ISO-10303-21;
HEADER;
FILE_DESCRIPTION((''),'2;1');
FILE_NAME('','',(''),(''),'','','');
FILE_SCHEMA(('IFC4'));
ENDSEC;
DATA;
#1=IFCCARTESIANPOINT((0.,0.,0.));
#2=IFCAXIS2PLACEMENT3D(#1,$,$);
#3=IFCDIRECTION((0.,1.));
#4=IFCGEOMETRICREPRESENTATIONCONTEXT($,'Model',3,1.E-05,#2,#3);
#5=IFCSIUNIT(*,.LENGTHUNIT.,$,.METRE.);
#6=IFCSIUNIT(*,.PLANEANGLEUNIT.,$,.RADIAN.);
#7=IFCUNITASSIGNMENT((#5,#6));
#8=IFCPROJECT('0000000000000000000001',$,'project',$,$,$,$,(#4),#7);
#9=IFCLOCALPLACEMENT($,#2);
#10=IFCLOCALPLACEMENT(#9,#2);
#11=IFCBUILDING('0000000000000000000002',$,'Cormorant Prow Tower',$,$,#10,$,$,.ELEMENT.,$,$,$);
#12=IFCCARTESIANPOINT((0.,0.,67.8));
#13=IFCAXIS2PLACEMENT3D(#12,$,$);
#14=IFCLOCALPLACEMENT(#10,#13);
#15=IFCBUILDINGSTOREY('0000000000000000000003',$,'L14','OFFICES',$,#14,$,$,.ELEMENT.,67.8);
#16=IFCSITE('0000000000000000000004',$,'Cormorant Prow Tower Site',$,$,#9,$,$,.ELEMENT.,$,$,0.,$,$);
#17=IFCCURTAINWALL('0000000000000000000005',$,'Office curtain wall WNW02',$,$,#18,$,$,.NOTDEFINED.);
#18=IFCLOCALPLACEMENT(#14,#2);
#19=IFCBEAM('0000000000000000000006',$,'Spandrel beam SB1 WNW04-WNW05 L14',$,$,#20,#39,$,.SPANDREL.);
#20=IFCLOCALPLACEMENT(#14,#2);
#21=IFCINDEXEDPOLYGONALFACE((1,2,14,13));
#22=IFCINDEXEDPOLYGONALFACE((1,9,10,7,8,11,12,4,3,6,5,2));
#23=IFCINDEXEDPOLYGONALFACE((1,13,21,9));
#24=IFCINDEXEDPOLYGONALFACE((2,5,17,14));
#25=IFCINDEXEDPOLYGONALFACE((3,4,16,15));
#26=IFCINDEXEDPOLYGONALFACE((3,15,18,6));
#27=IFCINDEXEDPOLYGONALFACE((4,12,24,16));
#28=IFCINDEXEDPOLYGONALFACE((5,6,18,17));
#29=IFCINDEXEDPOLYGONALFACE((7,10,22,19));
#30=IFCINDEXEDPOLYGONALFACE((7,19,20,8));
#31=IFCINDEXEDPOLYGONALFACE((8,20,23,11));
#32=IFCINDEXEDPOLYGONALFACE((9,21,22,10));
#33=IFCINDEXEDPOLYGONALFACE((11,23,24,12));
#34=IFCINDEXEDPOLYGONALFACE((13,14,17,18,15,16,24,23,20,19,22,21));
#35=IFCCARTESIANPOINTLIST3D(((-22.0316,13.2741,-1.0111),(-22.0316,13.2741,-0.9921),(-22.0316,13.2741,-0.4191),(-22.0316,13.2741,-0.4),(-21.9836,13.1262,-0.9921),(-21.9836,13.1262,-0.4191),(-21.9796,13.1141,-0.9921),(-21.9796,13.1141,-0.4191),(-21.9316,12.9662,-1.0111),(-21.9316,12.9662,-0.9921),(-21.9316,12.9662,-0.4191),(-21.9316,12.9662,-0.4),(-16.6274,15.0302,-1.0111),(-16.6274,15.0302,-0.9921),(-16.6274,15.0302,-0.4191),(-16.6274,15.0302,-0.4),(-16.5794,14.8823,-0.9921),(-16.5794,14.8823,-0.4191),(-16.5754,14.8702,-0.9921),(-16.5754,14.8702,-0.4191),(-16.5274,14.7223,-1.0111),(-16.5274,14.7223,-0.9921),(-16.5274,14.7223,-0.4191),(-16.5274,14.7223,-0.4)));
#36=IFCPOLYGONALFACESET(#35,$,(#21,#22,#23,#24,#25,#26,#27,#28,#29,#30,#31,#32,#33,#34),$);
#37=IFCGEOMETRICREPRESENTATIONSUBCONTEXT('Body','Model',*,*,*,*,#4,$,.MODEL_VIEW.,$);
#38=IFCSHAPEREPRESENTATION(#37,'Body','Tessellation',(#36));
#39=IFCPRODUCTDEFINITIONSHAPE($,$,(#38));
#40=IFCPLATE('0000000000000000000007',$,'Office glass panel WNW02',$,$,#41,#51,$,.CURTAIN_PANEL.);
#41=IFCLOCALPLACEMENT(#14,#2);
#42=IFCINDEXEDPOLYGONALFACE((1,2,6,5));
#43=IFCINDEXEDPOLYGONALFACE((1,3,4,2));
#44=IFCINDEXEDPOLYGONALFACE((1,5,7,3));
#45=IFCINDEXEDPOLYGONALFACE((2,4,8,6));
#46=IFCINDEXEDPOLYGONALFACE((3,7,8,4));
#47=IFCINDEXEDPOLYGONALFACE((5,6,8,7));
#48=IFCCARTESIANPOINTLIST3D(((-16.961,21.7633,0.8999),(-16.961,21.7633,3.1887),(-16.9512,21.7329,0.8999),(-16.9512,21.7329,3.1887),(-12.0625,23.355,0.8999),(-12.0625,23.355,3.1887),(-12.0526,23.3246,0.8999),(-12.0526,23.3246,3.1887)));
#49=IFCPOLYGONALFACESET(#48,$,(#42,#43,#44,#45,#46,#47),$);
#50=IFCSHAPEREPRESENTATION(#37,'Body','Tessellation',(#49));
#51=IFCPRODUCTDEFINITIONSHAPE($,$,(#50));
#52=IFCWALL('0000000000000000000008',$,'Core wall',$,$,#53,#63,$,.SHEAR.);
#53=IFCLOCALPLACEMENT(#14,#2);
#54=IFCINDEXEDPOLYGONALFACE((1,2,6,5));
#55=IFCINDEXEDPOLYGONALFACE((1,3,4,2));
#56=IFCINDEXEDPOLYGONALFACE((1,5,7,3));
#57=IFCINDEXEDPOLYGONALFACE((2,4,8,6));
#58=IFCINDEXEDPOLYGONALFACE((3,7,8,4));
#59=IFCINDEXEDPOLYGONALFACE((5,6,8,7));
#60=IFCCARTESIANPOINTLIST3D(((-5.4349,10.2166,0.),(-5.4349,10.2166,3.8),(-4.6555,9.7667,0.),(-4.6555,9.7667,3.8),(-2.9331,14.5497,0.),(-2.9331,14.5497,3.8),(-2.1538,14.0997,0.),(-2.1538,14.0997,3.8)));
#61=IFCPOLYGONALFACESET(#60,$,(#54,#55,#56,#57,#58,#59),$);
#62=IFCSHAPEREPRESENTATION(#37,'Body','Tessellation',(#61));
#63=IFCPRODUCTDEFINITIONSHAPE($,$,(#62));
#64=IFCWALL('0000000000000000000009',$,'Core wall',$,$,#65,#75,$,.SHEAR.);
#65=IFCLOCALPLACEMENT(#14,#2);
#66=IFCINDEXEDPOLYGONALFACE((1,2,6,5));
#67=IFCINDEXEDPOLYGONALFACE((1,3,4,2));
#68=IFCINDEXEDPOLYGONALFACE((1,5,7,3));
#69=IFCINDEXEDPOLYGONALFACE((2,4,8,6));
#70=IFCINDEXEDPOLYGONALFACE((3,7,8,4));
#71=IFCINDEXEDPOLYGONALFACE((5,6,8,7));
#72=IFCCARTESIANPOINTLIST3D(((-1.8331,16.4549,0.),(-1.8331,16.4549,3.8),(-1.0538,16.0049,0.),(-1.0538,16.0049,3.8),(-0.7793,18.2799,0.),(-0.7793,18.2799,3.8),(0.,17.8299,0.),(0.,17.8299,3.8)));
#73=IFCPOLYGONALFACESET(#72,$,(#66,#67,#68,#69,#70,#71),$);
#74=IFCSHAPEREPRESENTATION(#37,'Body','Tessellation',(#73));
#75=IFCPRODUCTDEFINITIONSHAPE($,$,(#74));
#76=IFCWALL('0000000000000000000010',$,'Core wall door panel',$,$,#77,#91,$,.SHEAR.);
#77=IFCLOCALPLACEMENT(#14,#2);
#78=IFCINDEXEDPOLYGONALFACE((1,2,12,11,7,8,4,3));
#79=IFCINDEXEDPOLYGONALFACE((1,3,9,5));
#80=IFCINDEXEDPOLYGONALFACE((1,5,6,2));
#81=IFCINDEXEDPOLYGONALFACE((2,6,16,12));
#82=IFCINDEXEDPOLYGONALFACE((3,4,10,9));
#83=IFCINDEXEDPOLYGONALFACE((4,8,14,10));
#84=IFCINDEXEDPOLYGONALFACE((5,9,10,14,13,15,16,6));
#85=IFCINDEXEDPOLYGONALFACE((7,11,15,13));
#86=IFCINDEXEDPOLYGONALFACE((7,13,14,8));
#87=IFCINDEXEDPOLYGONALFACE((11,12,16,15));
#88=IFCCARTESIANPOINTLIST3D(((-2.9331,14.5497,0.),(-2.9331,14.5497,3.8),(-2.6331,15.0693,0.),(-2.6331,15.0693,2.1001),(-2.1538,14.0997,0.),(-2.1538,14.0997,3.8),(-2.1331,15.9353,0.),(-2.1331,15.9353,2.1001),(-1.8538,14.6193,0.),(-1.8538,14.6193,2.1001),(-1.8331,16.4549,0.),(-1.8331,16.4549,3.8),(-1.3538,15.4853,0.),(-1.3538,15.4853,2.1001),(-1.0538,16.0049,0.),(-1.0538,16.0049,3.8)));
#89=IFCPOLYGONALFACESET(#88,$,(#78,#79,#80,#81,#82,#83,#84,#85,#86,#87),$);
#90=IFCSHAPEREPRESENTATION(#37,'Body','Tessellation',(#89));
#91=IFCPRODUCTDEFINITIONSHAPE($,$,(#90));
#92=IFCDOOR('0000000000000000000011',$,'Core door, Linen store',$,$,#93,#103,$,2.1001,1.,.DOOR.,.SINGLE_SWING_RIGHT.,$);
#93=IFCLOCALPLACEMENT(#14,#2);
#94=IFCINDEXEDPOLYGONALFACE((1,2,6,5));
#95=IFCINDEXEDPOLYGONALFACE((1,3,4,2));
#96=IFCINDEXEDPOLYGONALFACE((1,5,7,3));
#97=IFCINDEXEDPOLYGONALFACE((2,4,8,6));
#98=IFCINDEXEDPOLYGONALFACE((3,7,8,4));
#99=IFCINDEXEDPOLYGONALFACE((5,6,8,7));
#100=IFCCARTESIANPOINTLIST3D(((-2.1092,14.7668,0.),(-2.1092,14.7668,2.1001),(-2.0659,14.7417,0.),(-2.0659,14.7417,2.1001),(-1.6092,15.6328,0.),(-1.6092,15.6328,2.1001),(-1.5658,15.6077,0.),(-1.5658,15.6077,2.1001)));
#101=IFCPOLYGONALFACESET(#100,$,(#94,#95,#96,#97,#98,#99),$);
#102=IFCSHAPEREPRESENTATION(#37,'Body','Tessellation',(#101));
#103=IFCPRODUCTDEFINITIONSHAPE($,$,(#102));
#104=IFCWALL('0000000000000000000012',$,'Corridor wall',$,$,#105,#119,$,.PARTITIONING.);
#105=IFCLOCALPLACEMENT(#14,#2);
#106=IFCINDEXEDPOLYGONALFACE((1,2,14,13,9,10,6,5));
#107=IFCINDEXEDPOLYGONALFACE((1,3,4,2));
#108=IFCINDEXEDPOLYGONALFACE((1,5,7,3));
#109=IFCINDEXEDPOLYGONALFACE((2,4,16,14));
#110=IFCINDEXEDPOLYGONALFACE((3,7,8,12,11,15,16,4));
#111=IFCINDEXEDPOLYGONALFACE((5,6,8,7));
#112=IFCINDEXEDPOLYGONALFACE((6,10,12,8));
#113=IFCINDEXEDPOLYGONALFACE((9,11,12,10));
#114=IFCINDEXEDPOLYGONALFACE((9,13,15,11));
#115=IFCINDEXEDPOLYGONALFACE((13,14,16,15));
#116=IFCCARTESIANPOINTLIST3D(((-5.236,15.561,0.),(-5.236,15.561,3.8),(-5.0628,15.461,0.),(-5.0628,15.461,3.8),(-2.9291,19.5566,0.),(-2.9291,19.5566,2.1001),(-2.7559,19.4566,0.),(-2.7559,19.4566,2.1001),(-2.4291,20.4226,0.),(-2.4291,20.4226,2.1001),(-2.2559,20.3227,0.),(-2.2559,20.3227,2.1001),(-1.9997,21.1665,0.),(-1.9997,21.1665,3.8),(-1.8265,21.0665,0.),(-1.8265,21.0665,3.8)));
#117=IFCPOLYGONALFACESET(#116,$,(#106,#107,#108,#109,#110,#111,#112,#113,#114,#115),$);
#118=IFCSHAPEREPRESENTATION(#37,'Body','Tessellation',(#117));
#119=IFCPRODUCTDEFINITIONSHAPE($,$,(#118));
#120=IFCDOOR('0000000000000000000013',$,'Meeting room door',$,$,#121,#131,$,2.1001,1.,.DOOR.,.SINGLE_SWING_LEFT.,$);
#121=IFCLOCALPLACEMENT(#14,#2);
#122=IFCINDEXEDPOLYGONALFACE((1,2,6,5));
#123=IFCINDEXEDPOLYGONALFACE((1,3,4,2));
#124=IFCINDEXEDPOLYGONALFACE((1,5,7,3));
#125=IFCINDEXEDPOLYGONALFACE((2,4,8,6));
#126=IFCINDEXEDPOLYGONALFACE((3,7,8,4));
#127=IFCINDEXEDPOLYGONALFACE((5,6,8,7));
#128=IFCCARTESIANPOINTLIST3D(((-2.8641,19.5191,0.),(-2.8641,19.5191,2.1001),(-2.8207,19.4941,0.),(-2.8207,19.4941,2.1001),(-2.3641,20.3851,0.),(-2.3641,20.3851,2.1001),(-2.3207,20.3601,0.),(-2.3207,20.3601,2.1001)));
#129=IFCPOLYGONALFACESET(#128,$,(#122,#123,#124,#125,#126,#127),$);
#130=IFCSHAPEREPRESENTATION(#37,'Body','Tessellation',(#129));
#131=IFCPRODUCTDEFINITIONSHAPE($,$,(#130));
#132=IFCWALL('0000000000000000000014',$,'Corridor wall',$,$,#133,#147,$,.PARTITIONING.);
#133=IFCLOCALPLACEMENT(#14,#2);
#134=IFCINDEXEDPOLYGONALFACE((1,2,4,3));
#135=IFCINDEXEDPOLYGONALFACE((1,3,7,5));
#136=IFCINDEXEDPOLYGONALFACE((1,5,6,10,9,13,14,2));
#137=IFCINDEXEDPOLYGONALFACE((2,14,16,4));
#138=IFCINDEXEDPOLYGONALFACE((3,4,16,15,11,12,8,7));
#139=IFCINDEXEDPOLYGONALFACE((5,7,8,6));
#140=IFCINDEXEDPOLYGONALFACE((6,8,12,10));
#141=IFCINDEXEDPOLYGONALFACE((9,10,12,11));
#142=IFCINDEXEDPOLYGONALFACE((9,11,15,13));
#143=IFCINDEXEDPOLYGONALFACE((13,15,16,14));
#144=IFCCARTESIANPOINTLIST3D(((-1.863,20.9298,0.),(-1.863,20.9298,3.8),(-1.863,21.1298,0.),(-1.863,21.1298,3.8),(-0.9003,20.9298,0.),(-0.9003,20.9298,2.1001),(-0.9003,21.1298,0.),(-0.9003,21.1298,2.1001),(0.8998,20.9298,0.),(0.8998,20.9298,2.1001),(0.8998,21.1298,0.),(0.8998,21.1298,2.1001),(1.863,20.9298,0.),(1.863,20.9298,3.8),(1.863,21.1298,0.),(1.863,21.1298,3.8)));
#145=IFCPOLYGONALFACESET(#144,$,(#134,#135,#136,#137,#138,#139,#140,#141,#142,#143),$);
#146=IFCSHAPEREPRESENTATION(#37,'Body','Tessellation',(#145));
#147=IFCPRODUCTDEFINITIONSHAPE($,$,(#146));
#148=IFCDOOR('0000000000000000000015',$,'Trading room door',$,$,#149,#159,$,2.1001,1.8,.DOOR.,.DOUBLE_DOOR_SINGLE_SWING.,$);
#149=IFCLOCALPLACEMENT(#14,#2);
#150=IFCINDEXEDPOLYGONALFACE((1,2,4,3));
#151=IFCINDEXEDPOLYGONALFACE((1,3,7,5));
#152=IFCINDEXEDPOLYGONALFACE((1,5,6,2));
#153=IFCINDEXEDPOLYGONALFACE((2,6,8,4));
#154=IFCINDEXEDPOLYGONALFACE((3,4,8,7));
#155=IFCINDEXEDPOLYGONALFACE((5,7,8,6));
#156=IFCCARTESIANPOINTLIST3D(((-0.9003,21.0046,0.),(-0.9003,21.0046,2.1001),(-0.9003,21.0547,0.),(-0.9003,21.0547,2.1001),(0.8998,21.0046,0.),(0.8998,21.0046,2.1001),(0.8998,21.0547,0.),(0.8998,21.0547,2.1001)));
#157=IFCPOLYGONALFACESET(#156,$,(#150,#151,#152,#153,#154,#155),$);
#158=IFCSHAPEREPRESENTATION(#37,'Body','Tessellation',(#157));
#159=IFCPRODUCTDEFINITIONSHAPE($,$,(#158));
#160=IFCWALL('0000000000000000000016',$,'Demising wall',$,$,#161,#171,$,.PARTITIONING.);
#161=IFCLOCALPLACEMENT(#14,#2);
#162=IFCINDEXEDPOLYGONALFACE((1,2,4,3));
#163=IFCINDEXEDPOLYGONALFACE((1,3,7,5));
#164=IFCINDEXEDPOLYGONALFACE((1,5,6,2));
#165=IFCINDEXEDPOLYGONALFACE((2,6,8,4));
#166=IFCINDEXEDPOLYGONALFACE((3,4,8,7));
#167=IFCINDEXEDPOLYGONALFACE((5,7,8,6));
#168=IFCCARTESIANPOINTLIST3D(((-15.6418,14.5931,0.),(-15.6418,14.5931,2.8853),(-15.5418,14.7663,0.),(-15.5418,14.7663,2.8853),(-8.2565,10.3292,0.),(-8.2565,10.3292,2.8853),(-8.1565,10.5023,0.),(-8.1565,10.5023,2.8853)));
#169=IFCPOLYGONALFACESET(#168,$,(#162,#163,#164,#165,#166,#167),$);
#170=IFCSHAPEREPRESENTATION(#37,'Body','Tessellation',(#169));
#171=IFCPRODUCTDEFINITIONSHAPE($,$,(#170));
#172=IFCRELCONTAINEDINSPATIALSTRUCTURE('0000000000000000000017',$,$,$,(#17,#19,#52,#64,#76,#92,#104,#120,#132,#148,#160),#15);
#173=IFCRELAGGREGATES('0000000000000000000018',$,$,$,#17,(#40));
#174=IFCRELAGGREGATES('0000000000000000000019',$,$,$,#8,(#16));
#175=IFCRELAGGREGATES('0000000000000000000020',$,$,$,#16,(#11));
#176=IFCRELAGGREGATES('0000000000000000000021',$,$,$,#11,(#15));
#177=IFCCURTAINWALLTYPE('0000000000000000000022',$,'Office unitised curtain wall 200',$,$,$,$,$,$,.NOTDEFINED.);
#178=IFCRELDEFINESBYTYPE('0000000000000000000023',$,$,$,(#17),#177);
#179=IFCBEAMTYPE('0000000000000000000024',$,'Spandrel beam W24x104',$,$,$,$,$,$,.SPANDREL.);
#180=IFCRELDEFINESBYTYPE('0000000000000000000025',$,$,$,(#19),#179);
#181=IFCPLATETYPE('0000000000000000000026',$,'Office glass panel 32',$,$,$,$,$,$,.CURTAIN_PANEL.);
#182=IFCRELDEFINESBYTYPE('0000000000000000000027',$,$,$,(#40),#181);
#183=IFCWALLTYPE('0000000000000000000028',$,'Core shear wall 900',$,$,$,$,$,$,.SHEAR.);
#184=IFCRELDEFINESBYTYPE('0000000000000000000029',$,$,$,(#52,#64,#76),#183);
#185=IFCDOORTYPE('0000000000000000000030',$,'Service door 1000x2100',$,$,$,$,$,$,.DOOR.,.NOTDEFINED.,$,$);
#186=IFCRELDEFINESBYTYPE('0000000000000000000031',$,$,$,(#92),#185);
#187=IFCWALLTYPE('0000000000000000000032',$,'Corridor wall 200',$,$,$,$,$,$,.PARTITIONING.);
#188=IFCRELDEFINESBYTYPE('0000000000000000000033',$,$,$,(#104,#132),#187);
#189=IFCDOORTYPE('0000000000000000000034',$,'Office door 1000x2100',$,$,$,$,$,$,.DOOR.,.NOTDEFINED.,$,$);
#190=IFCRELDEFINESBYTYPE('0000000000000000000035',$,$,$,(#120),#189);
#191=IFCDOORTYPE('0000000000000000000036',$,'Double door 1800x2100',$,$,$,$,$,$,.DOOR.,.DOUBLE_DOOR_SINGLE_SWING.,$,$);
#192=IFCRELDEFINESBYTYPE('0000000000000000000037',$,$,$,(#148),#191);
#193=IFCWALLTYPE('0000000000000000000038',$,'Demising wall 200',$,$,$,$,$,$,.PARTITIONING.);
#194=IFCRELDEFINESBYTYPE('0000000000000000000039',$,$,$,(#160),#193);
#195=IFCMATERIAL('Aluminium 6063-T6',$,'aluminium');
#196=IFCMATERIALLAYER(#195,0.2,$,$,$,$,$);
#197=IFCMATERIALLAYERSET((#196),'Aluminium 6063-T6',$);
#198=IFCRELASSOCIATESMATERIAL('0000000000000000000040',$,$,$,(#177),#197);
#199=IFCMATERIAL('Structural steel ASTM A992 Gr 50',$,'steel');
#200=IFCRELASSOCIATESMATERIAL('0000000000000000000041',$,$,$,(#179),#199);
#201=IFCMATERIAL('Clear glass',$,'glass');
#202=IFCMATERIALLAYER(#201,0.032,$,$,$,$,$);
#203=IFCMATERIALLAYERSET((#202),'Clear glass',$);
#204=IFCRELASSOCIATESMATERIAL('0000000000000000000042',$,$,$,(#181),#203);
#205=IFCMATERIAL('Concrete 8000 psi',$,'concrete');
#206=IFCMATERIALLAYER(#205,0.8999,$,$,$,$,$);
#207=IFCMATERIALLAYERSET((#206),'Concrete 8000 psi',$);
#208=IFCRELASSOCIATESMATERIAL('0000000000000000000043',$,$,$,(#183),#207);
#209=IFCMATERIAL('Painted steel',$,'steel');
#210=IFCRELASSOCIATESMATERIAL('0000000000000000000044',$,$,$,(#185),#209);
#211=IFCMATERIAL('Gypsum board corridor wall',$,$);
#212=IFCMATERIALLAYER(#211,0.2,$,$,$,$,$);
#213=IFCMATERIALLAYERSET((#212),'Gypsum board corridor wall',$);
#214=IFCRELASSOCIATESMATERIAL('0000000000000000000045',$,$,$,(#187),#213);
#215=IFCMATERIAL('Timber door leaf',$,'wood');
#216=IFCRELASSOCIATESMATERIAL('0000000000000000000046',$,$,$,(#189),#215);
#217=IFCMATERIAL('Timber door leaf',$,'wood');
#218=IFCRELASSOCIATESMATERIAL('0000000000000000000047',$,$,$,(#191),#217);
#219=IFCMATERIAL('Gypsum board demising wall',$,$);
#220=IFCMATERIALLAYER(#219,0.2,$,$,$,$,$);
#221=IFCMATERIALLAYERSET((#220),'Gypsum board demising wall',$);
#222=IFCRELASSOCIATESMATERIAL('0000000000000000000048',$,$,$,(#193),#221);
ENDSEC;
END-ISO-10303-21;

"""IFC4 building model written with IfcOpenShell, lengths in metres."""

from ifc_helpers import new_model, si_unit, direction, frame, frame_2d, origin, origin_2d, place, context, subcontext, project, spatial, rectangle, i_section, extrude, material, layer, layer_set, material_profile, profile_set, type_object, element, fill, aggregate, save


model = new_model("IFC4")

# Units and contexts
model_context = context("Model", 3, precision=1e-05, world=origin(), true_north=direction((0.0, 1.0)))
body_context = subcontext(model_context, "Body", "Model", "MODEL_VIEW")
ifc_project = project(units=[si_unit("LENGTHUNIT", "METRE"), si_unit("PLANEANGLEUNIT", "RADIAN")], contexts=[model_context])

# Site, building, storey
site_placement = place(None, origin())
site = spatial("IfcSite", under=ifc_project, at=site_placement, Name="Cormorant Prow Tower Site", CompositionType="ELEMENT", RefElevation=0.0)
building_placement = place(site_placement, origin())
building = spatial("IfcBuilding", under=site, at=building_placement, Name="Cormorant Prow Tower", CompositionType="ELEMENT")
storey_placement = place(building_placement, frame((0.0, 0.0, 67.8)))
storey = spatial("IfcBuildingStorey", under=building, at=storey_placement, Name="L14", Description="OFFICES", CompositionType="ELEMENT", Elevation=67.8)

# Curtain wall
ifc_material_1 = material(Name="Aluminium 6063-T6", Category="aluminium")
ifc_layer_1 = layer(ifc_material_1, 0.2)
ifc_layer_set_1 = layer_set([ifc_layer_1], Name="Aluminium 6063-T6")
curtain_wall_type = type_object("IfcCurtainWallType", Name="Office unitised curtain wall 200", PredefinedType="NOTDEFINED", material=ifc_layer_set_1)
curtain_wall_1_placement = place(storey_placement, origin())
curtain_wall_1 = element("IfcCurtainWall", 1, at=curtain_wall_1_placement, inside=storey, type_object=curtain_wall_type, Name="Office curtain wall WNW02", PredefinedType="NOTDEFINED")

# Beam
ifc_material_2 = material(Name="Structural steel ASTM A992 Gr 50", Category="steel")
ifc_material_profile_1 = material_profile(ifc_material_2, i_section(OverallWidth=0.3237, OverallDepth=0.6111, WebThickness=0.0127, FlangeThickness=0.019, at=origin_2d()), Name="W24x104")
ifc_profile_set_1 = profile_set([ifc_material_profile_1], Name="Structural steel ASTM A992 Gr 50")
beam_type_1 = type_object("IfcBeamType", Name="Spandrel beam W24x104", PredefinedType="SPANDREL", material=ifc_profile_set_1)
beam_1_placement = place(storey_placement, frame((-16.5774, 14.8762, -0.7056), z_axis=(-0.951049, -0.309039, 0.0), x_axis=(0.309039, -0.951049, 0.0)))
element("IfcBeam", 2, at=beam_1_placement, inside=storey, type_object=beam_type_1, Name="Spandrel beam SB1 WNW04-WNW05 L14", PredefinedType="SPANDREL", context=body_context, shape_type="SweptSolid", body=[
    extrude(i_section(OverallWidth=0.3237, OverallDepth=0.6111, WebThickness=0.0127, FlangeThickness=0.019, at=origin_2d()), origin(), (0.0, 0.0, 1.0), 5.6824),
])

# Plate
ifc_material_3 = material(Name="Clear glass", Category="glass")
ifc_layer_2 = layer(ifc_material_3, 0.032)
ifc_layer_set_2 = layer_set([ifc_layer_2], Name="Clear glass")
plate_type = type_object("IfcPlateType", Name="Office glass panel 32", PredefinedType="CURTAIN_PANEL", material=ifc_layer_set_2)
plate_placement = place(storey_placement, frame((-14.5068, 22.5439, 0.8999), z_axis=(0.0, 0.0, 1.0), x_axis=(-0.951057, -0.309017, 0.0)))
plate = element("IfcPlate", 3, at=plate_placement, type_object=plate_type, Name="Office glass panel WNW02", PredefinedType="CURTAIN_PANEL", context=body_context, shape_type="SweptSolid", body=[
    extrude(rectangle(XDim=5.1506, YDim=0.032, at=origin_2d()), origin(), (0.0, 0.0, 1.0), 2.2888),
])
aggregate(curtain_wall_1, [plate])

# Walls
ifc_material_4 = material(Name="Concrete 8000 psi", Category="concrete")
ifc_layer_3 = layer(ifc_material_4, 0.8999)
ifc_layer_set_3 = layer_set([ifc_layer_3], Name="Concrete 8000 psi")
wall_type_1 = type_object("IfcWallType", Name="Core shear wall 900", PredefinedType="SHEAR", material=ifc_layer_set_3)
wall_1_placement = place(storey_placement, frame((-2.5435, 14.3247, 0.0), z_axis=(0.0, 0.0, 1.0), x_axis=(-0.500007, -0.866021, 0.0)))
element("IfcWall", 4, at=wall_1_placement, inside=storey, type_object=wall_type_1, Name="Core wall", PredefinedType="SHEAR", context=body_context, shape_type="SweptSolid", body=[
    extrude(rectangle(XDim=5.0034, YDim=0.8999, at=frame_2d((2.5017, 0.0))), origin(), (0.0, 0.0, 1.0), 3.8),
])
wall_2_placement = place(storey_placement, frame((-0.3896, 18.0549, 0.0), z_axis=(0.0, 0.0, 1.0), x_axis=(-0.500027, -0.86601, 0.0)))
element("IfcWall", 5, at=wall_2_placement, inside=storey, type_object=wall_type_1, Name="Core wall", PredefinedType="SHEAR", context=body_context, shape_type="SweptSolid", body=[
    extrude(rectangle(XDim=2.1074, YDim=0.8999, at=frame_2d((1.0537, 0.0))), origin(), (0.0, 0.0, 1.0), 3.8),
])

# Walls, openings, doors
wall_3_placement = place(storey_placement, frame((-1.4434, 16.23, 0.0), z_axis=(0.0, 0.0, 1.0), x_axis=(-0.50003, -0.866008, 0.0)))
wall_3 = element("IfcWall", 6, at=wall_3_placement, inside=storey, type_object=wall_type_1, Name="Core wall door panel", PredefinedType="SHEAR", context=body_context, shape_type="SweptSolid", body=[
    extrude(rectangle(XDim=2.2, YDim=0.8999, at=frame_2d((1.1001, 0.0))), origin(), (0.0, 0.0, 1.0), 3.8),
])
opening_1_placement = place(wall_3_placement, frame((0.6001, 0.0, 0.0)))
opening_1 = element("IfcOpeningElement", 7, at=opening_1_placement, cuts=wall_3, PredefinedType="OPENING", context=body_context, shape_type="SweptSolid", body=[
    extrude(rectangle(XDim=1.0, YDim=2.1001, at=frame_2d((0.5, 1.05))), frame((0.0, 0.46, 0.0), z_axis=(0.0, -1.0, 0.0), x_axis=(1.0, 0.0, 0.0)), (0.0, 0.0, 1.0), 0.9199),
])
ifc_material_5 = material(Name="Painted steel", Category="steel")
door_type_1 = type_object("IfcDoorType", Name="Service door 1000x2100", OperationType="NOTDEFINED", PredefinedType="DOOR", material=ifc_material_5)
door_1_placement = place(opening_1_placement, origin())
door_1 = element("IfcDoor", 8, at=door_1_placement, inside=storey, type_object=door_type_1, Name="Core door, Linen store", OperationType="SINGLE_SWING_RIGHT", OverallHeight=2.1001, OverallWidth=1.0, PredefinedType="DOOR", context=body_context, shape_type="SweptSolid", body=[
    extrude(rectangle(XDim=1.0, YDim=2.1001, at=frame_2d((0.5, 1.05))), frame((0.0, 0.2051, 0.0), z_axis=(0.0, -1.0, 0.0), x_axis=(1.0, 0.0, 0.0)), (0.0, 0.0, 1.0), 0.05),
])
fill(opening_1, door_1)
ifc_material_6 = material(Name="Gypsum board corridor wall")
ifc_layer_4 = layer(ifc_material_6, 0.2)
ifc_layer_set_4 = layer_set([ifc_layer_4], Name="Gypsum board corridor wall")
wall_type_2 = type_object("IfcWallType", Name="Corridor wall 200", PredefinedType="PARTITIONING", material=ifc_layer_set_4)
wall_4_placement = place(storey_placement, frame((-5.1494, 15.511, 0.0), z_axis=(0.0, 0.0, 1.0), x_axis=(0.500001, 0.866025, 0.0)))
wall_4 = element("IfcWall", 9, at=wall_4_placement, inside=storey, type_object=wall_type_2, Name="Corridor wall", PredefinedType="PARTITIONING", context=body_context, shape_type="SweptSolid", body=[
    extrude(rectangle(XDim=6.4727, YDim=0.2, at=frame_2d((3.2363, 0.0))), origin(), (0.0, 0.0, 1.0), 3.8),
])
opening_2_placement = place(wall_4_placement, frame((4.6138, 0.0, 0.0)))
opening_2 = element("IfcOpeningElement", 10, at=opening_2_placement, cuts=wall_4, PredefinedType="OPENING", context=body_context, shape_type="SweptSolid", body=[
    extrude(rectangle(XDim=1.0, YDim=2.1001, at=frame_2d((0.5, 1.05))), frame((0.0, 0.1099, 0.0), z_axis=(0.0, -1.0, 0.0), x_axis=(1.0, 0.0, 0.0)), (0.0, 0.0, 1.0), 0.22),
])
ifc_material_7 = material(Name="Timber door leaf", Category="wood")
door_type_2 = type_object("IfcDoorType", Name="Office door 1000x2100", OperationType="NOTDEFINED", PredefinedType="DOOR", material=ifc_material_7)
door_2_placement = place(opening_2_placement, origin())
door_2 = element("IfcDoor", 11, at=door_2_placement, inside=storey, type_object=door_type_2, Name="Meeting room door", OperationType="SINGLE_SWING_LEFT", OverallHeight=2.1001, OverallWidth=1.0, PredefinedType="DOOR", context=body_context, shape_type="SweptSolid", body=[
    extrude(rectangle(XDim=1.0, YDim=2.1001, at=frame_2d((0.5, 1.05))), frame((0.0, 0.0249, 0.0), z_axis=(0.0, -1.0, 0.0), x_axis=(1.0, 0.0, 0.0)), (0.0, 0.0, 1.0), 0.05),
])
fill(opening_2, door_2)
wall_5_placement = place(storey_placement, frame((-1.863, 21.0298, 0.0), z_axis=(0.0, 0.0, 1.0), x_axis=(1.0, 0.0, 0.0)))
wall_5 = element("IfcWall", 12, at=wall_5_placement, inside=storey, type_object=wall_type_2, Name="Corridor wall", PredefinedType="PARTITIONING", context=body_context, shape_type="SweptSolid", body=[
    extrude(rectangle(XDim=3.7261, YDim=0.2, at=frame_2d((1.863, 0.0))), origin(), (0.0, 0.0, 1.0), 3.8),
])
opening_3_placement = place(wall_5_placement, frame((0.9629, 0.0, 0.0)))
opening_3 = element("IfcOpeningElement", 13, at=opening_3_placement, cuts=wall_5, PredefinedType="OPENING", context=body_context, shape_type="SweptSolid", body=[
    extrude(rectangle(XDim=1.8, YDim=2.1001, at=frame_2d((0.8999, 1.05))), frame((0.0, 0.1099, 0.0), z_axis=(0.0, -1.0, 0.0), x_axis=(1.0, 0.0, 0.0)), (0.0, 0.0, 1.0), 0.22),
])
ifc_material_8 = material(Name="Timber door leaf", Category="wood")
door_type_3 = type_object("IfcDoorType", Name="Double door 1800x2100", OperationType="DOUBLE_DOOR_SINGLE_SWING", PredefinedType="DOOR", material=ifc_material_8)
door_3_placement = place(opening_3_placement, origin())
door_3 = element("IfcDoor", 14, at=door_3_placement, inside=storey, type_object=door_type_3, Name="Trading room door", OperationType="DOUBLE_DOOR_SINGLE_SWING", OverallHeight=2.1001, OverallWidth=1.8, PredefinedType="DOOR", context=body_context, shape_type="SweptSolid", body=[
    extrude(rectangle(XDim=1.8, YDim=2.1001, at=frame_2d((0.8999, 1.05))), frame((0.0, 0.0249, 0.0), z_axis=(0.0, -1.0, 0.0), x_axis=(1.0, 0.0, 0.0)), (0.0, 0.0, 1.0), 0.05),
])
fill(opening_3, door_3)

# Wall
ifc_material_9 = material(Name="Gypsum board demising wall")
ifc_layer_5 = layer(ifc_material_9, 0.2)
ifc_layer_set_5 = layer_set([ifc_layer_5], Name="Gypsum board demising wall")
wall_type_3 = type_object("IfcWallType", Name="Demising wall 200", PredefinedType="PARTITIONING", material=ifc_layer_set_5)
wall_6_placement = place(storey_placement, frame((-15.5918, 14.6797, 0.0), z_axis=(0.0, 0.0, 1.0), x_axis=(0.866023, -0.500003, 0.0)))
element("IfcWall", 15, at=wall_6_placement, inside=storey, type_object=wall_type_3, Name="Demising wall", PredefinedType="PARTITIONING", context=body_context, shape_type="SweptSolid", body=[
    extrude(rectangle(XDim=8.5278, YDim=0.2, at=frame_2d((4.2639, 0.0))), origin(), (0.0, 0.0, 1.0), 2.8853),
])

save(model, "model.ifc")
